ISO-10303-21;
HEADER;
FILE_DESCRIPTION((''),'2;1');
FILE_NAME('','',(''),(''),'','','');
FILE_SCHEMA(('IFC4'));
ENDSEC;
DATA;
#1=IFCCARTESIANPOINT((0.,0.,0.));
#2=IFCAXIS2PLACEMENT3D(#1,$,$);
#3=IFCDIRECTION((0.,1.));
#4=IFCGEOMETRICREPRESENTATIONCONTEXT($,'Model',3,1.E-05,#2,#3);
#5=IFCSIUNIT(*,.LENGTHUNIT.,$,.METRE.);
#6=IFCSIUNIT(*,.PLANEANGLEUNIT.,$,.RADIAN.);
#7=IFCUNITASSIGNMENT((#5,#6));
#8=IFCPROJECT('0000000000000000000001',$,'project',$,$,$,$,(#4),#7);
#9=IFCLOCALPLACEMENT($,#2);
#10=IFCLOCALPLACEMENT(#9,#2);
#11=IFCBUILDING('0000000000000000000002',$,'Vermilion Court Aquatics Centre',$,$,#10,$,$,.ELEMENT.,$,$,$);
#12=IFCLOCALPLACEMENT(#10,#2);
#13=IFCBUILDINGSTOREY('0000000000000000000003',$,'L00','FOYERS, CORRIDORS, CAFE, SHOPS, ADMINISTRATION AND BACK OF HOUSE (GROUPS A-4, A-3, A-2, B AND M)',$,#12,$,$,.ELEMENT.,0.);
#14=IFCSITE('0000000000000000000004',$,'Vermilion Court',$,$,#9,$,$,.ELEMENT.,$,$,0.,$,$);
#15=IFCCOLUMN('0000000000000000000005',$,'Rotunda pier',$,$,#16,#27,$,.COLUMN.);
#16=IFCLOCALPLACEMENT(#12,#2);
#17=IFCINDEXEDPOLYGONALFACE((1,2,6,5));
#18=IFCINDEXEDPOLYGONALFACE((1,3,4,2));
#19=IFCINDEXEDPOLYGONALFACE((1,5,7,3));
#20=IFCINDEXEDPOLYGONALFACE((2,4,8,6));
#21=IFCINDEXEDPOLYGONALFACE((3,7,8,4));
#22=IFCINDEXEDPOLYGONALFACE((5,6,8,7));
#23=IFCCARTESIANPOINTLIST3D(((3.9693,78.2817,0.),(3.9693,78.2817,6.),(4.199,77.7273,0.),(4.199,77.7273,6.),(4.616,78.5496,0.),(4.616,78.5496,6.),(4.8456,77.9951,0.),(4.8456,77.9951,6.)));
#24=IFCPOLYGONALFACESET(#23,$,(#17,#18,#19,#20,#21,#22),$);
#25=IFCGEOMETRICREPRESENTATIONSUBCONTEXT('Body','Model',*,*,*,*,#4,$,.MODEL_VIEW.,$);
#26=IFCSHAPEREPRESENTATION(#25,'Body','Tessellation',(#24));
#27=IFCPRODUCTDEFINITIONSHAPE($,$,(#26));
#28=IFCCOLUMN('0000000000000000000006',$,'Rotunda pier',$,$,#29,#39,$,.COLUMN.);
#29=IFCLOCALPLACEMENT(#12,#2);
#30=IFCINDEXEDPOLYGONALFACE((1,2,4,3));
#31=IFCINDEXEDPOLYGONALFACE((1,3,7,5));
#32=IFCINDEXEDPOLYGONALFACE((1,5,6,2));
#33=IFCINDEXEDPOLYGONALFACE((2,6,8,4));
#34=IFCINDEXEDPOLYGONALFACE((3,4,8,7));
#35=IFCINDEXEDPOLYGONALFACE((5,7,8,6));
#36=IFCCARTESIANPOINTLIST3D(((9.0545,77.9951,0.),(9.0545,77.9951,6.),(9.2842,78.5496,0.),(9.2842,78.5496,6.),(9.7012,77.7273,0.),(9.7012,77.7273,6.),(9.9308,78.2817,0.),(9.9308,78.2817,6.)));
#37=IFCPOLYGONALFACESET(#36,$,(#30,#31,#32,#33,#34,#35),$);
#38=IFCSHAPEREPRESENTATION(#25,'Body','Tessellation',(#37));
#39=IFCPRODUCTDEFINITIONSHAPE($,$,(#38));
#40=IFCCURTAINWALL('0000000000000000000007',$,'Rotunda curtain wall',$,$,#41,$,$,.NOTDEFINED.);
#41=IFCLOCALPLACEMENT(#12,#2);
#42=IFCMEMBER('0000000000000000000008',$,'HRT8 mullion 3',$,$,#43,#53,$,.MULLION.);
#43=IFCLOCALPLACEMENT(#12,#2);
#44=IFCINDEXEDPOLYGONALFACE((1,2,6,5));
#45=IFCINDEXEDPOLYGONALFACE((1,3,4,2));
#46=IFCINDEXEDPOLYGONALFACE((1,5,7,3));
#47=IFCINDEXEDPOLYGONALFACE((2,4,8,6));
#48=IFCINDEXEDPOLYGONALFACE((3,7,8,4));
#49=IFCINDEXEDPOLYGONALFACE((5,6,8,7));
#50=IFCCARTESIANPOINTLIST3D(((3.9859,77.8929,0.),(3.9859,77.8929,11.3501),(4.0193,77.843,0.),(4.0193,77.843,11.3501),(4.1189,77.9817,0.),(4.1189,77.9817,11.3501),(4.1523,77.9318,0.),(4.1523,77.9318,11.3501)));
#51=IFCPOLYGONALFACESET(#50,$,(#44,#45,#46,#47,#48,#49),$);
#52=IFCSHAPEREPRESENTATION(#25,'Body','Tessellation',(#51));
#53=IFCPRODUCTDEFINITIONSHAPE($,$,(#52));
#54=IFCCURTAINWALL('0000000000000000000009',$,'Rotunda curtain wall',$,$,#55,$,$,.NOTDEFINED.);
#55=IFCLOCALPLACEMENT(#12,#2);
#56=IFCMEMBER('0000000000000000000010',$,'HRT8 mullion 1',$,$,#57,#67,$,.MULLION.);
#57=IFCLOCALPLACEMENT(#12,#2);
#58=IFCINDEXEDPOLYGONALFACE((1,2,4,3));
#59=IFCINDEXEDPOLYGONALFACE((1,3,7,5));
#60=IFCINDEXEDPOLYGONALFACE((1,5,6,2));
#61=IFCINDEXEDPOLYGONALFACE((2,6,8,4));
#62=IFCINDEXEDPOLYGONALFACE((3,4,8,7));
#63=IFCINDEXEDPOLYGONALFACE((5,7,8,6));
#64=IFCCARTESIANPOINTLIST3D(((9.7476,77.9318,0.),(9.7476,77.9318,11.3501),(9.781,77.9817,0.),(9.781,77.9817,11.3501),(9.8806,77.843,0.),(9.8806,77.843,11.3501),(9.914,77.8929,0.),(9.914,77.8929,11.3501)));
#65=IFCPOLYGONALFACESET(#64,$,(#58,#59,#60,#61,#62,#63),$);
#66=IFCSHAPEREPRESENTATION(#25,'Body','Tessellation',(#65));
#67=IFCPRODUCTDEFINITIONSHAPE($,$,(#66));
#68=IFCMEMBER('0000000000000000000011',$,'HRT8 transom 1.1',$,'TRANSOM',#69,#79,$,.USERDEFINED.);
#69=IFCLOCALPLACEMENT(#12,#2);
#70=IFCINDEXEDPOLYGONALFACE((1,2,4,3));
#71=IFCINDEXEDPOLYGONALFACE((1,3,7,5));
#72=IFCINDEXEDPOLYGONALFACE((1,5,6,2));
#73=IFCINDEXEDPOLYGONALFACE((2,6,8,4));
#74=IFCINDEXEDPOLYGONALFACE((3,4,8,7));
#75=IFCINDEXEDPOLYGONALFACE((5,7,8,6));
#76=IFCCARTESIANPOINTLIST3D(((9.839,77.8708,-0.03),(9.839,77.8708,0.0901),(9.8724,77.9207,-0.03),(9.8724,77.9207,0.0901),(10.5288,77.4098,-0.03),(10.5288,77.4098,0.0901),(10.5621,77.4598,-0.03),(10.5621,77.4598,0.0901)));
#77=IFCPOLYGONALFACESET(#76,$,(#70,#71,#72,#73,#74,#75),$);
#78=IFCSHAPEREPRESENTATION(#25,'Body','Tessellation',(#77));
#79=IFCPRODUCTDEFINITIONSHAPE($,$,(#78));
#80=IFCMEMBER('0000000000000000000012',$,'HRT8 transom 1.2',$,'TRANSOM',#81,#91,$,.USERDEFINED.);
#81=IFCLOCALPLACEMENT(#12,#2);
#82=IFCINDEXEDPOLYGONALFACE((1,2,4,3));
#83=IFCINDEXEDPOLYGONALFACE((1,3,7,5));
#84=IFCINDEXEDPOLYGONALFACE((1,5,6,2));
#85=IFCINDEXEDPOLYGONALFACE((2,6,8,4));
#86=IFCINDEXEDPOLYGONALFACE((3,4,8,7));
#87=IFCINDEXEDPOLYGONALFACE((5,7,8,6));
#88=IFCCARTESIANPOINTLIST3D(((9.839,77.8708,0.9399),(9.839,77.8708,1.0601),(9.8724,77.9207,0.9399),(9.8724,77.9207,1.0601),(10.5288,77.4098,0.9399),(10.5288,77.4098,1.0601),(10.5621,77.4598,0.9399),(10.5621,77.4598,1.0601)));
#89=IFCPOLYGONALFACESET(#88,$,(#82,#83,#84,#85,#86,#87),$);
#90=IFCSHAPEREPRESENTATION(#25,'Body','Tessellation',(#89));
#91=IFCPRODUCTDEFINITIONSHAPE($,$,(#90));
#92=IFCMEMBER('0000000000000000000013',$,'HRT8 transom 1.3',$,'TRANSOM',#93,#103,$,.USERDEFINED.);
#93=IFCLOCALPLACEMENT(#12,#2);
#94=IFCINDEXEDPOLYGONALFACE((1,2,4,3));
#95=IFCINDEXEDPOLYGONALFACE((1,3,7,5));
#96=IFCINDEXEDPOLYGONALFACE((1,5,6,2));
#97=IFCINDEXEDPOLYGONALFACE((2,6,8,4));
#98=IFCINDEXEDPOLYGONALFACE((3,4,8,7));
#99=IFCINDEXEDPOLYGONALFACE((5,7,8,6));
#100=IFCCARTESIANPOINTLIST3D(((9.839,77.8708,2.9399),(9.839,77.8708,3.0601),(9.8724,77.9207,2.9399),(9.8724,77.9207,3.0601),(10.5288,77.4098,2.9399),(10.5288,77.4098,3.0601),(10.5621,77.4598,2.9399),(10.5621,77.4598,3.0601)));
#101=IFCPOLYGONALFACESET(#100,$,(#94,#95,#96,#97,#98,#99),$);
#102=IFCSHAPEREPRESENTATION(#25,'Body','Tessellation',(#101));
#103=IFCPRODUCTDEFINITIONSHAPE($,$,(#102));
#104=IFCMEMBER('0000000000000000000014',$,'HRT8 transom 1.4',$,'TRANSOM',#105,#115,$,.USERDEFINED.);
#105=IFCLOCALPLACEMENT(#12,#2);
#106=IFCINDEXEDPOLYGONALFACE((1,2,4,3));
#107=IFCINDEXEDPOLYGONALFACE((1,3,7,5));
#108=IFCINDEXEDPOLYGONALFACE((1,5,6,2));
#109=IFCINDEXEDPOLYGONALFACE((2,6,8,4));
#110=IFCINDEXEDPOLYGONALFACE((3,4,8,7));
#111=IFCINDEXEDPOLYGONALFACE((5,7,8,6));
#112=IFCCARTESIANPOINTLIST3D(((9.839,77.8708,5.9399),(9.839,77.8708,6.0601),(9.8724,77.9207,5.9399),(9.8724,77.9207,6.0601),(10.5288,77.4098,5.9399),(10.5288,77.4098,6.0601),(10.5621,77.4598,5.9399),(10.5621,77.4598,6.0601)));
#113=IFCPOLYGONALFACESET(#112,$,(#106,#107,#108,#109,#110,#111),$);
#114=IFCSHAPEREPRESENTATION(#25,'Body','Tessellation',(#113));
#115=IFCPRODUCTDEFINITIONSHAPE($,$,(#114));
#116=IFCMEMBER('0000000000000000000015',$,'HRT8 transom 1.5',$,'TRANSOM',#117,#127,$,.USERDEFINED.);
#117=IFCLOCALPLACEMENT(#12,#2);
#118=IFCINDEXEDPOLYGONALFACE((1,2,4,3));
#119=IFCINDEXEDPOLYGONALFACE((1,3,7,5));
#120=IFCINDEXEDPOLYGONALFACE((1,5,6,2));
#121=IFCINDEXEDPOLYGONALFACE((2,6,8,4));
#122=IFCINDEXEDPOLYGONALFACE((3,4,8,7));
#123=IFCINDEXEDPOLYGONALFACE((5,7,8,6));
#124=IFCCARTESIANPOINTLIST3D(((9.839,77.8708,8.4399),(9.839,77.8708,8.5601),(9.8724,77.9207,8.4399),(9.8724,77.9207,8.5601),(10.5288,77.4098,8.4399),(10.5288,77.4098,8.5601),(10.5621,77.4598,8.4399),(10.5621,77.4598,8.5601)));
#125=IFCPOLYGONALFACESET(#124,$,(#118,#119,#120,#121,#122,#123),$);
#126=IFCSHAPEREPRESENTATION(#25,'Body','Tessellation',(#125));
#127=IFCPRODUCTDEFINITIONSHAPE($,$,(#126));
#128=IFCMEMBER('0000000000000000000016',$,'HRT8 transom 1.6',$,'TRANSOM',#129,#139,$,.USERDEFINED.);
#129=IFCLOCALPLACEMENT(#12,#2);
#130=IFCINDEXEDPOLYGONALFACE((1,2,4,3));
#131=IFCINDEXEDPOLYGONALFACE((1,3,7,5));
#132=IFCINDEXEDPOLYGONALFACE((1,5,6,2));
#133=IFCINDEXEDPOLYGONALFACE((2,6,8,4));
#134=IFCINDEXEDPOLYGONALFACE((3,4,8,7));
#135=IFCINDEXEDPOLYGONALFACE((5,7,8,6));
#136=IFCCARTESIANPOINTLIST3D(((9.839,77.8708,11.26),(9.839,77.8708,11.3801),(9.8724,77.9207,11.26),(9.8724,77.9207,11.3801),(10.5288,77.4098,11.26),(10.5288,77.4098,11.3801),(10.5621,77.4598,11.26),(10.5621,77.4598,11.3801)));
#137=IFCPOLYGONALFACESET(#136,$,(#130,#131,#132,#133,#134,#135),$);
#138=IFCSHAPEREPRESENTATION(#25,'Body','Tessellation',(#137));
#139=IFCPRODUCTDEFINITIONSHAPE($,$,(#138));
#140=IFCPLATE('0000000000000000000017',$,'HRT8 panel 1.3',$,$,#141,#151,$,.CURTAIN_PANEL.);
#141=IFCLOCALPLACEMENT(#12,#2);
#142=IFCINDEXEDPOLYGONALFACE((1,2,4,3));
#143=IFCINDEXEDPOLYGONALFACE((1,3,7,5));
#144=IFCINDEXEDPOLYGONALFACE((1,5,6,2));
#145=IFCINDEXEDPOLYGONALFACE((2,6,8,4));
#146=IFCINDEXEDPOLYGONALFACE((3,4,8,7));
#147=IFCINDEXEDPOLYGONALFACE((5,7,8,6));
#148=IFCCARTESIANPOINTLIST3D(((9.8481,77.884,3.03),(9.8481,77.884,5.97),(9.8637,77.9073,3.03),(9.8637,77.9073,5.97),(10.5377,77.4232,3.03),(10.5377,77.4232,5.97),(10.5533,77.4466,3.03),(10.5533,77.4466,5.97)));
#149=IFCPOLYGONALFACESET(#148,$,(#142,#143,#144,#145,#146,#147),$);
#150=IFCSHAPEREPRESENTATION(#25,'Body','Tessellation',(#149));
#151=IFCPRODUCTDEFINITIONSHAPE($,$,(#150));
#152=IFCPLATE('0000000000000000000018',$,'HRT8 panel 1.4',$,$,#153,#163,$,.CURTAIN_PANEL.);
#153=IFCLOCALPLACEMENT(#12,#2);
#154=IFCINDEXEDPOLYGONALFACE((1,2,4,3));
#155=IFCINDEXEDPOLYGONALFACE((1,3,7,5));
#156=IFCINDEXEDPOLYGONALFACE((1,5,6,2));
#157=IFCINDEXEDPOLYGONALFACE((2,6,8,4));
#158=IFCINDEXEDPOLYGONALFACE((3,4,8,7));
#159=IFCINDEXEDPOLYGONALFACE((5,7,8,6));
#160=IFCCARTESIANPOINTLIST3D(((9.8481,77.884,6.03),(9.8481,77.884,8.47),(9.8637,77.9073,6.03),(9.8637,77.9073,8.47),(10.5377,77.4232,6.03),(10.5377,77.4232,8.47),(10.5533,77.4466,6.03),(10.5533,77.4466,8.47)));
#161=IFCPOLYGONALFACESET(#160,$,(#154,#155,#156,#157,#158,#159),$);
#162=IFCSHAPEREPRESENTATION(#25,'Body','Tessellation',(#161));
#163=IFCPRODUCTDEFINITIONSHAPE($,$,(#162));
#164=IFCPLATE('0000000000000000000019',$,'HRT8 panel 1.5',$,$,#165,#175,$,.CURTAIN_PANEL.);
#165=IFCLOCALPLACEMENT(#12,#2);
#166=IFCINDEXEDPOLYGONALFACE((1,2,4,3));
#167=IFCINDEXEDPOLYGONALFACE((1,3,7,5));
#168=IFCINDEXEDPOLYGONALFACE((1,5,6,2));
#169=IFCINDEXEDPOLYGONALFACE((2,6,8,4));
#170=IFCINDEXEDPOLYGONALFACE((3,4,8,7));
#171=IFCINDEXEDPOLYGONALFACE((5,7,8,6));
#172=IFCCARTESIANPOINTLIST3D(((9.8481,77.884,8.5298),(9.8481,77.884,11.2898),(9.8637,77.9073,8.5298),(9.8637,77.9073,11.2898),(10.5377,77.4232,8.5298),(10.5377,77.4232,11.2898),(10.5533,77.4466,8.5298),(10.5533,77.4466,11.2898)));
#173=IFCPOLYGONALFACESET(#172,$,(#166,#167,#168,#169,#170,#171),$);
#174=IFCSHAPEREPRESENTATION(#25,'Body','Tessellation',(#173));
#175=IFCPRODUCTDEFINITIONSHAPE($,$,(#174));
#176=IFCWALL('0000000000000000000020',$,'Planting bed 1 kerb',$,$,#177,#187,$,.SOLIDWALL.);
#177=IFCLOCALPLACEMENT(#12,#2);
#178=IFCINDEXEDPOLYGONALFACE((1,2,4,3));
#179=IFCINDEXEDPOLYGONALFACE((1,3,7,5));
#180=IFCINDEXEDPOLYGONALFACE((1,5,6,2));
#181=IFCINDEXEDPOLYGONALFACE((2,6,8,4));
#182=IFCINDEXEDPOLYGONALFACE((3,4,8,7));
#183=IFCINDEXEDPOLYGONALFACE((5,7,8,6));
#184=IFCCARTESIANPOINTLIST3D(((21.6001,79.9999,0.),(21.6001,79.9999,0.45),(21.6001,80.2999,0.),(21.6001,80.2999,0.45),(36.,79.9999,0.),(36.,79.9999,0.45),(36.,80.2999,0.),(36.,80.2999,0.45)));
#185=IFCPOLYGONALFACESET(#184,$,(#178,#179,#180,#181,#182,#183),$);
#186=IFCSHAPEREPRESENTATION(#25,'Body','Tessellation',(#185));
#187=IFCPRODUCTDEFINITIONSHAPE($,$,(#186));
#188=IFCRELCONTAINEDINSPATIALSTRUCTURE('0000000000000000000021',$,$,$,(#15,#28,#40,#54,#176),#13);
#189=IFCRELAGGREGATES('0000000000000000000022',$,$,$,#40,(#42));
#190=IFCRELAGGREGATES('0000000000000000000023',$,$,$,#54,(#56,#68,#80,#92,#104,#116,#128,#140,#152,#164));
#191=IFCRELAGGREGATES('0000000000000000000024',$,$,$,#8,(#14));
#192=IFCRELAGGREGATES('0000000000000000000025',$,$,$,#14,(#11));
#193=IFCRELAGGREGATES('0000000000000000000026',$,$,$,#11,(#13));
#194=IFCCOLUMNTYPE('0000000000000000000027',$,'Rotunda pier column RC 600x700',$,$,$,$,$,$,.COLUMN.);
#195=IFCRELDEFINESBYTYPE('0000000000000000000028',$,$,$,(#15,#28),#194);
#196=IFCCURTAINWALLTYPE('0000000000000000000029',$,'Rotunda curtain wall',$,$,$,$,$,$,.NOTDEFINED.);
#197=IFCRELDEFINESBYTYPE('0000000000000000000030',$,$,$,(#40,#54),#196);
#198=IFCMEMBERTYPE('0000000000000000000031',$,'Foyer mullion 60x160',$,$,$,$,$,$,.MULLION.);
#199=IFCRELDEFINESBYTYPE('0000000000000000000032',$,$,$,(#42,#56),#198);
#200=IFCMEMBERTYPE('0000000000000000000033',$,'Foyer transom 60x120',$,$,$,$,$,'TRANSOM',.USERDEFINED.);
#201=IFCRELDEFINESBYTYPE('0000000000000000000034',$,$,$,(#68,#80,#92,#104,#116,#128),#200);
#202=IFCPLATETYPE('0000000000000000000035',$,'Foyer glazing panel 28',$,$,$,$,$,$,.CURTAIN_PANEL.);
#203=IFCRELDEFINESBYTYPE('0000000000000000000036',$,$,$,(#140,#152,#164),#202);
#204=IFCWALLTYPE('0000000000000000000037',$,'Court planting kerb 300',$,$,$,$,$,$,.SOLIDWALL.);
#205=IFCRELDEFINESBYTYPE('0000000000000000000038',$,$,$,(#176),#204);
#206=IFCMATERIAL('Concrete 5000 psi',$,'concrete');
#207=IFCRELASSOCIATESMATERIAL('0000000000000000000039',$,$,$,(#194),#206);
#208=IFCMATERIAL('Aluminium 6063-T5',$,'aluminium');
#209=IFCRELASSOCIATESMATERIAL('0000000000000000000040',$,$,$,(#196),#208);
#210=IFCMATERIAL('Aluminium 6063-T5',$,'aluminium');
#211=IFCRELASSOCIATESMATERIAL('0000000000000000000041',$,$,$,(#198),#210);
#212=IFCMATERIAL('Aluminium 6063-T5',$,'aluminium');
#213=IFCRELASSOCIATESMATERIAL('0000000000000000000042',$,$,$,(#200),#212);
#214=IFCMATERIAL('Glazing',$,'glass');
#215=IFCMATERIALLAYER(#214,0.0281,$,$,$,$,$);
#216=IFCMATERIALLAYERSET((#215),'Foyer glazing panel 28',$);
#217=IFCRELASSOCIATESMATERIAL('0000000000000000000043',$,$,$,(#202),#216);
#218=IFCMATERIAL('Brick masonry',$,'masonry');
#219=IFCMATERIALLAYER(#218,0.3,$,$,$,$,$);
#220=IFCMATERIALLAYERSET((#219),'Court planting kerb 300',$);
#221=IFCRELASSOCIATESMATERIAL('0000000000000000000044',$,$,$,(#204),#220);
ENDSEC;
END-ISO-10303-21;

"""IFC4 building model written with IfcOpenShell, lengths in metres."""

from ifc_helpers import new_model, si_unit, direction, frame, frame_2d, origin, origin_2d, place, context, subcontext, project, spatial, rectangle, extrude, material, layer, layer_set, material_profile, profile_set, type_object, element, aggregate, save


model = new_model("IFC4")

# Units and contexts
model_context = context("Model", 3, precision=1e-05, world=origin(), true_north=direction((0.0, 1.0)))
body_context = subcontext(model_context, "Body", "Model", "MODEL_VIEW")
ifc_project = project(units=[si_unit("LENGTHUNIT", "METRE"), si_unit("PLANEANGLEUNIT", "RADIAN")], contexts=[model_context])

# Site, building, storey
site_placement = place(None, origin())
site = spatial("IfcSite", under=ifc_project, at=site_placement, Name="Vermilion Court", CompositionType="ELEMENT", RefElevation=0.0)
building_placement = place(site_placement, origin())
building = spatial("IfcBuilding", under=site, at=building_placement, Name="Vermilion Court Aquatics Centre", CompositionType="ELEMENT")
storey_placement = place(building_placement, origin())
storey = spatial("IfcBuildingStorey", under=building, at=storey_placement, Name="L00", Description="FOYERS, CORRIDORS, CAFE, SHOPS, ADMINISTRATION AND BACK OF HOUSE (GROUPS A-4, A-3, A-2, B AND M)", CompositionType="ELEMENT", Elevation=0.0)

# Columns
ifc_material_1 = material(Name="Concrete 5000 psi", Category="concrete")
ifc_material_profile_1 = material_profile(ifc_material_1, rectangle(XDim=0.6001, YDim=0.7, at=origin_2d()), Name="RC 600x700")
ifc_profile_set_1 = profile_set([ifc_material_profile_1], Name="Concrete 5000 psi")
column_type = type_object("IfcColumnType", Name="Rotunda pier column RC 600x700", PredefinedType="COLUMN", material=ifc_profile_set_1)
for number, where, z_axis, x_axis, name in (
    (1, (4.4075, 78.1384, 0.0), (0.0, 0.0, 1.0), (-0.382683, 0.92388, 0.0), "Rotunda pier"),
    (2, (9.4927, 78.1384, 0.0), (0.0, 0.0, 1.0), (0.382683, 0.92388, 0.0), "Rotunda pier"),
):
    element("IfcColumn", number, at=place(storey_placement, frame(where, z_axis=z_axis, x_axis=x_axis)), inside=storey, type_object=column_type, Name=name, PredefinedType="COLUMN", context=body_context, shape_type="SweptSolid", body=[
        extrude(rectangle(XDim=0.6001, YDim=0.7, at=origin_2d()), origin(), (0.0, 0.0, 1.0), 6.0),
    ])

# Curtain wall, member
ifc_material_2 = material(Name="Aluminium 6063-T5", Category="aluminium")
curtain_wall_type = type_object("IfcCurtainWallType", Name="Rotunda curtain wall", PredefinedType="NOTDEFINED", material=ifc_material_2)
curtain_wall_1_placement = place(storey_placement, origin())
curtain_wall_1 = element("IfcCurtainWall", 3, at=curtain_wall_1_placement, inside=storey, type_object=curtain_wall_type, Name="Rotunda curtain wall", PredefinedType="NOTDEFINED")
ifc_material_3 = material(Name="Aluminium 6063-T5", Category="aluminium")
ifc_material_profile_2 = material_profile(ifc_material_3, rectangle(XDim=0.0601, YDim=0.1599, at=origin_2d()), Name="Aluminium 60x160")
ifc_profile_set_2 = profile_set([ifc_material_profile_2], Name="Aluminium 6063-T5")
member_type_1 = type_object("IfcMemberType", Name="Foyer mullion 60x160", PredefinedType="MULLION", material=ifc_profile_set_2)
member_1_placement = place(storey_placement, frame((4.0691, 77.9124, 0.0), z_axis=(0.0, 0.0, 1.0), x_axis=(-0.555541, 0.831489, 0.0)))
member_1 = element("IfcMember", 4, at=member_1_placement, type_object=member_type_1, Name="HRT8 mullion 3", PredefinedType="MULLION", context=body_context, shape_type="SweptSolid", body=[
    extrude(rectangle(XDim=0.0601, YDim=0.1599, at=origin_2d()), origin(), (0.0, 0.0, 1.0), 11.3501),
])
aggregate(curtain_wall_1, [member_1])

# Curtain wall, members, plates
curtain_wall_2_placement = place(storey_placement, origin())
curtain_wall_2 = element("IfcCurtainWall", 5, at=curtain_wall_2_placement, inside=storey, type_object=curtain_wall_type, Name="Rotunda curtain wall", PredefinedType="NOTDEFINED")
member_2_placement = place(storey_placement, frame((9.8308, 77.9124, 0.0), z_axis=(0.0, 0.0, 1.0), x_axis=(0.555541, 0.831489, 0.0)))
member_2 = element("IfcMember", 6, at=member_2_placement, type_object=member_type_1, Name="HRT8 mullion 1", PredefinedType="MULLION", context=body_context, shape_type="SweptSolid", body=[
    extrude(rectangle(XDim=0.0601, YDim=0.1599, at=origin_2d()), origin(), (0.0, 0.0, 1.0), 11.3501),
])
ifc_material_4 = material(Name="Aluminium 6063-T5", Category="aluminium")
ifc_material_profile_3 = material_profile(ifc_material_4, rectangle(XDim=0.0601, YDim=0.1201, at=origin_2d()), Name="Aluminium 60x120")
ifc_profile_set_3 = profile_set([ifc_material_profile_3], Name="Aluminium 6063-T5")
member_type_2 = type_object("IfcMemberType", Name="Foyer transom 60x120", ElementType="TRANSOM", PredefinedType="USERDEFINED", material=ifc_profile_set_3)
member_3_placement = place(storey_placement, frame((9.8557, 77.8958, 0.03), z_axis=(0.831416, -0.555651, 0.0), x_axis=(0.555651, 0.831416, 0.0)))
member_3 = element("IfcMember", 7, at=member_3_placement, type_object=member_type_2, Name="HRT8 transom 1.1", ObjectType="TRANSOM", PredefinedType="USERDEFINED", context=body_context, shape_type="SweptSolid", body=[
    extrude(rectangle(XDim=0.0601, YDim=0.1201, at=origin_2d()), origin(), (0.0, 0.0, 1.0), 0.8296),
])
member_4_placement = place(storey_placement, frame((9.8557, 77.8958, 1.0), z_axis=(0.831416, -0.555651, 0.0), x_axis=(0.555651, 0.831416, 0.0)))
member_4 = element("IfcMember", 8, at=member_4_placement, type_object=member_type_2, Name="HRT8 transom 1.2", ObjectType="TRANSOM", PredefinedType="USERDEFINED", context=body_context, shape_type="SweptSolid", body=[
    extrude(rectangle(XDim=0.0601, YDim=0.1201, at=origin_2d()), origin(), (0.0, 0.0, 1.0), 0.8296),
])
member_5_placement = place(storey_placement, frame((9.8557, 77.8958, 3.0), z_axis=(0.831416, -0.555651, 0.0), x_axis=(0.555651, 0.831416, 0.0)))
member_5 = element("IfcMember", 9, at=member_5_placement, type_object=member_type_2, Name="HRT8 transom 1.3", ObjectType="TRANSOM", PredefinedType="USERDEFINED", context=body_context, shape_type="SweptSolid", body=[
    extrude(rectangle(XDim=0.0601, YDim=0.1201, at=origin_2d()), origin(), (0.0, 0.0, 1.0), 0.8296),
])
member_6_placement = place(storey_placement, frame((9.8557, 77.8958, 6.0), z_axis=(0.831416, -0.555651, 0.0), x_axis=(0.555651, 0.831416, 0.0)))
member_6 = element("IfcMember", 10, at=member_6_placement, type_object=member_type_2, Name="HRT8 transom 1.4", ObjectType="TRANSOM", PredefinedType="USERDEFINED", context=body_context, shape_type="SweptSolid", body=[
    extrude(rectangle(XDim=0.0601, YDim=0.1201, at=origin_2d()), origin(), (0.0, 0.0, 1.0), 0.8296),
])
member_7_placement = place(storey_placement, frame((9.8557, 77.8958, 8.5), z_axis=(0.831416, -0.555651, 0.0), x_axis=(0.555651, 0.831416, 0.0)))
member_7 = element("IfcMember", 11, at=member_7_placement, type_object=member_type_2, Name="HRT8 transom 1.5", ObjectType="TRANSOM", PredefinedType="USERDEFINED", context=body_context, shape_type="SweptSolid", body=[
    extrude(rectangle(XDim=0.0601, YDim=0.1201, at=origin_2d()), origin(), (0.0, 0.0, 1.0), 0.8296),
])
member_8_placement = place(storey_placement, frame((9.8557, 77.8958, 11.3201), z_axis=(0.831416, -0.555651, 0.0), x_axis=(0.555651, 0.831416, 0.0)))
member_8 = element("IfcMember", 12, at=member_8_placement, type_object=member_type_2, Name="HRT8 transom 1.6", ObjectType="TRANSOM", PredefinedType="USERDEFINED", context=body_context, shape_type="SweptSolid", body=[
    extrude(rectangle(XDim=0.0601, YDim=0.1201, at=origin_2d()), origin(), (0.0, 0.0, 1.0), 0.8296),
])
ifc_material_5 = material(Name="Glazing", Category="glass")
ifc_layer_1 = layer(ifc_material_5, 0.0281)
ifc_layer_set_1 = layer_set([ifc_layer_1], Name="Foyer glazing panel 28")
plate_type = type_object("IfcPlateType", Name="Foyer glazing panel 28", PredefinedType="CURTAIN_PANEL", material=ifc_layer_set_1)
plate_1_placement = place(storey_placement, frame((10.2007, 77.6653, 3.03), z_axis=(0.0, 0.0, 1.0), x_axis=(0.831489, -0.555541, 0.0)))
plate_1 = element("IfcPlate", 13, at=plate_1_placement, type_object=plate_type, Name="HRT8 panel 1.3", PredefinedType="CURTAIN_PANEL", context=body_context, shape_type="SweptSolid", body=[
    extrude(rectangle(XDim=0.8293, YDim=0.0281, at=origin_2d()), origin(), (0.0, 0.0, 1.0), 2.9399),
])
plate_2_placement = place(storey_placement, frame((10.2007, 77.6653, 6.03), z_axis=(0.0, 0.0, 1.0), x_axis=(0.831489, -0.555541, 0.0)))
plate_2 = element("IfcPlate", 14, at=plate_2_placement, type_object=plate_type, Name="HRT8 panel 1.4", PredefinedType="CURTAIN_PANEL", context=body_context, shape_type="SweptSolid", body=[
    extrude(rectangle(XDim=0.8293, YDim=0.0281, at=origin_2d()), origin(), (0.0, 0.0, 1.0), 2.4399),
])
plate_3_placement = place(storey_placement, frame((10.2007, 77.6653, 8.5298), z_axis=(0.0, 0.0, 1.0), x_axis=(0.831489, -0.555541, 0.0)))
plate_3 = element("IfcPlate", 15, at=plate_3_placement, type_object=plate_type, Name="HRT8 panel 1.5", PredefinedType="CURTAIN_PANEL", context=body_context, shape_type="SweptSolid", body=[
    extrude(rectangle(XDim=0.8293, YDim=0.0281, at=origin_2d()), origin(), (0.0, 0.0, 1.0), 2.76),
])
aggregate(curtain_wall_2, [member_2, member_3, member_4, member_5, member_6, member_7, member_8, plate_1, plate_2, plate_3])

# Wall
ifc_material_6 = material(Name="Brick masonry", Category="masonry")
ifc_layer_2 = layer(ifc_material_6, 0.3)
ifc_layer_set_2 = layer_set([ifc_layer_2], Name="Court planting kerb 300")
wall_type_1 = type_object("IfcWallType", Name="Court planting kerb 300", PredefinedType="SOLIDWALL", material=ifc_layer_set_2)
for number, where, z_axis, x_axis, name in (
    (16, (21.6001, 80.1499, 0.0), (0.0, 0.0, 1.0), (1.0, 0.0, 0.0), "Planting bed 1 kerb"),
):
    element("IfcWall", number, at=place(storey_placement, frame(where, z_axis=z_axis, x_axis=x_axis)), inside=storey, type_object=wall_type_1, Name=name, PredefinedType="SOLIDWALL", context=body_context, shape_type="SweptSolid", body=[
        extrude(rectangle(XDim=14.3999, YDim=0.3, at=frame_2d((7.2, 0.0))), origin(), (0.0, 0.0, 1.0), 0.45),
    ])

save(model, "model.ifc")
